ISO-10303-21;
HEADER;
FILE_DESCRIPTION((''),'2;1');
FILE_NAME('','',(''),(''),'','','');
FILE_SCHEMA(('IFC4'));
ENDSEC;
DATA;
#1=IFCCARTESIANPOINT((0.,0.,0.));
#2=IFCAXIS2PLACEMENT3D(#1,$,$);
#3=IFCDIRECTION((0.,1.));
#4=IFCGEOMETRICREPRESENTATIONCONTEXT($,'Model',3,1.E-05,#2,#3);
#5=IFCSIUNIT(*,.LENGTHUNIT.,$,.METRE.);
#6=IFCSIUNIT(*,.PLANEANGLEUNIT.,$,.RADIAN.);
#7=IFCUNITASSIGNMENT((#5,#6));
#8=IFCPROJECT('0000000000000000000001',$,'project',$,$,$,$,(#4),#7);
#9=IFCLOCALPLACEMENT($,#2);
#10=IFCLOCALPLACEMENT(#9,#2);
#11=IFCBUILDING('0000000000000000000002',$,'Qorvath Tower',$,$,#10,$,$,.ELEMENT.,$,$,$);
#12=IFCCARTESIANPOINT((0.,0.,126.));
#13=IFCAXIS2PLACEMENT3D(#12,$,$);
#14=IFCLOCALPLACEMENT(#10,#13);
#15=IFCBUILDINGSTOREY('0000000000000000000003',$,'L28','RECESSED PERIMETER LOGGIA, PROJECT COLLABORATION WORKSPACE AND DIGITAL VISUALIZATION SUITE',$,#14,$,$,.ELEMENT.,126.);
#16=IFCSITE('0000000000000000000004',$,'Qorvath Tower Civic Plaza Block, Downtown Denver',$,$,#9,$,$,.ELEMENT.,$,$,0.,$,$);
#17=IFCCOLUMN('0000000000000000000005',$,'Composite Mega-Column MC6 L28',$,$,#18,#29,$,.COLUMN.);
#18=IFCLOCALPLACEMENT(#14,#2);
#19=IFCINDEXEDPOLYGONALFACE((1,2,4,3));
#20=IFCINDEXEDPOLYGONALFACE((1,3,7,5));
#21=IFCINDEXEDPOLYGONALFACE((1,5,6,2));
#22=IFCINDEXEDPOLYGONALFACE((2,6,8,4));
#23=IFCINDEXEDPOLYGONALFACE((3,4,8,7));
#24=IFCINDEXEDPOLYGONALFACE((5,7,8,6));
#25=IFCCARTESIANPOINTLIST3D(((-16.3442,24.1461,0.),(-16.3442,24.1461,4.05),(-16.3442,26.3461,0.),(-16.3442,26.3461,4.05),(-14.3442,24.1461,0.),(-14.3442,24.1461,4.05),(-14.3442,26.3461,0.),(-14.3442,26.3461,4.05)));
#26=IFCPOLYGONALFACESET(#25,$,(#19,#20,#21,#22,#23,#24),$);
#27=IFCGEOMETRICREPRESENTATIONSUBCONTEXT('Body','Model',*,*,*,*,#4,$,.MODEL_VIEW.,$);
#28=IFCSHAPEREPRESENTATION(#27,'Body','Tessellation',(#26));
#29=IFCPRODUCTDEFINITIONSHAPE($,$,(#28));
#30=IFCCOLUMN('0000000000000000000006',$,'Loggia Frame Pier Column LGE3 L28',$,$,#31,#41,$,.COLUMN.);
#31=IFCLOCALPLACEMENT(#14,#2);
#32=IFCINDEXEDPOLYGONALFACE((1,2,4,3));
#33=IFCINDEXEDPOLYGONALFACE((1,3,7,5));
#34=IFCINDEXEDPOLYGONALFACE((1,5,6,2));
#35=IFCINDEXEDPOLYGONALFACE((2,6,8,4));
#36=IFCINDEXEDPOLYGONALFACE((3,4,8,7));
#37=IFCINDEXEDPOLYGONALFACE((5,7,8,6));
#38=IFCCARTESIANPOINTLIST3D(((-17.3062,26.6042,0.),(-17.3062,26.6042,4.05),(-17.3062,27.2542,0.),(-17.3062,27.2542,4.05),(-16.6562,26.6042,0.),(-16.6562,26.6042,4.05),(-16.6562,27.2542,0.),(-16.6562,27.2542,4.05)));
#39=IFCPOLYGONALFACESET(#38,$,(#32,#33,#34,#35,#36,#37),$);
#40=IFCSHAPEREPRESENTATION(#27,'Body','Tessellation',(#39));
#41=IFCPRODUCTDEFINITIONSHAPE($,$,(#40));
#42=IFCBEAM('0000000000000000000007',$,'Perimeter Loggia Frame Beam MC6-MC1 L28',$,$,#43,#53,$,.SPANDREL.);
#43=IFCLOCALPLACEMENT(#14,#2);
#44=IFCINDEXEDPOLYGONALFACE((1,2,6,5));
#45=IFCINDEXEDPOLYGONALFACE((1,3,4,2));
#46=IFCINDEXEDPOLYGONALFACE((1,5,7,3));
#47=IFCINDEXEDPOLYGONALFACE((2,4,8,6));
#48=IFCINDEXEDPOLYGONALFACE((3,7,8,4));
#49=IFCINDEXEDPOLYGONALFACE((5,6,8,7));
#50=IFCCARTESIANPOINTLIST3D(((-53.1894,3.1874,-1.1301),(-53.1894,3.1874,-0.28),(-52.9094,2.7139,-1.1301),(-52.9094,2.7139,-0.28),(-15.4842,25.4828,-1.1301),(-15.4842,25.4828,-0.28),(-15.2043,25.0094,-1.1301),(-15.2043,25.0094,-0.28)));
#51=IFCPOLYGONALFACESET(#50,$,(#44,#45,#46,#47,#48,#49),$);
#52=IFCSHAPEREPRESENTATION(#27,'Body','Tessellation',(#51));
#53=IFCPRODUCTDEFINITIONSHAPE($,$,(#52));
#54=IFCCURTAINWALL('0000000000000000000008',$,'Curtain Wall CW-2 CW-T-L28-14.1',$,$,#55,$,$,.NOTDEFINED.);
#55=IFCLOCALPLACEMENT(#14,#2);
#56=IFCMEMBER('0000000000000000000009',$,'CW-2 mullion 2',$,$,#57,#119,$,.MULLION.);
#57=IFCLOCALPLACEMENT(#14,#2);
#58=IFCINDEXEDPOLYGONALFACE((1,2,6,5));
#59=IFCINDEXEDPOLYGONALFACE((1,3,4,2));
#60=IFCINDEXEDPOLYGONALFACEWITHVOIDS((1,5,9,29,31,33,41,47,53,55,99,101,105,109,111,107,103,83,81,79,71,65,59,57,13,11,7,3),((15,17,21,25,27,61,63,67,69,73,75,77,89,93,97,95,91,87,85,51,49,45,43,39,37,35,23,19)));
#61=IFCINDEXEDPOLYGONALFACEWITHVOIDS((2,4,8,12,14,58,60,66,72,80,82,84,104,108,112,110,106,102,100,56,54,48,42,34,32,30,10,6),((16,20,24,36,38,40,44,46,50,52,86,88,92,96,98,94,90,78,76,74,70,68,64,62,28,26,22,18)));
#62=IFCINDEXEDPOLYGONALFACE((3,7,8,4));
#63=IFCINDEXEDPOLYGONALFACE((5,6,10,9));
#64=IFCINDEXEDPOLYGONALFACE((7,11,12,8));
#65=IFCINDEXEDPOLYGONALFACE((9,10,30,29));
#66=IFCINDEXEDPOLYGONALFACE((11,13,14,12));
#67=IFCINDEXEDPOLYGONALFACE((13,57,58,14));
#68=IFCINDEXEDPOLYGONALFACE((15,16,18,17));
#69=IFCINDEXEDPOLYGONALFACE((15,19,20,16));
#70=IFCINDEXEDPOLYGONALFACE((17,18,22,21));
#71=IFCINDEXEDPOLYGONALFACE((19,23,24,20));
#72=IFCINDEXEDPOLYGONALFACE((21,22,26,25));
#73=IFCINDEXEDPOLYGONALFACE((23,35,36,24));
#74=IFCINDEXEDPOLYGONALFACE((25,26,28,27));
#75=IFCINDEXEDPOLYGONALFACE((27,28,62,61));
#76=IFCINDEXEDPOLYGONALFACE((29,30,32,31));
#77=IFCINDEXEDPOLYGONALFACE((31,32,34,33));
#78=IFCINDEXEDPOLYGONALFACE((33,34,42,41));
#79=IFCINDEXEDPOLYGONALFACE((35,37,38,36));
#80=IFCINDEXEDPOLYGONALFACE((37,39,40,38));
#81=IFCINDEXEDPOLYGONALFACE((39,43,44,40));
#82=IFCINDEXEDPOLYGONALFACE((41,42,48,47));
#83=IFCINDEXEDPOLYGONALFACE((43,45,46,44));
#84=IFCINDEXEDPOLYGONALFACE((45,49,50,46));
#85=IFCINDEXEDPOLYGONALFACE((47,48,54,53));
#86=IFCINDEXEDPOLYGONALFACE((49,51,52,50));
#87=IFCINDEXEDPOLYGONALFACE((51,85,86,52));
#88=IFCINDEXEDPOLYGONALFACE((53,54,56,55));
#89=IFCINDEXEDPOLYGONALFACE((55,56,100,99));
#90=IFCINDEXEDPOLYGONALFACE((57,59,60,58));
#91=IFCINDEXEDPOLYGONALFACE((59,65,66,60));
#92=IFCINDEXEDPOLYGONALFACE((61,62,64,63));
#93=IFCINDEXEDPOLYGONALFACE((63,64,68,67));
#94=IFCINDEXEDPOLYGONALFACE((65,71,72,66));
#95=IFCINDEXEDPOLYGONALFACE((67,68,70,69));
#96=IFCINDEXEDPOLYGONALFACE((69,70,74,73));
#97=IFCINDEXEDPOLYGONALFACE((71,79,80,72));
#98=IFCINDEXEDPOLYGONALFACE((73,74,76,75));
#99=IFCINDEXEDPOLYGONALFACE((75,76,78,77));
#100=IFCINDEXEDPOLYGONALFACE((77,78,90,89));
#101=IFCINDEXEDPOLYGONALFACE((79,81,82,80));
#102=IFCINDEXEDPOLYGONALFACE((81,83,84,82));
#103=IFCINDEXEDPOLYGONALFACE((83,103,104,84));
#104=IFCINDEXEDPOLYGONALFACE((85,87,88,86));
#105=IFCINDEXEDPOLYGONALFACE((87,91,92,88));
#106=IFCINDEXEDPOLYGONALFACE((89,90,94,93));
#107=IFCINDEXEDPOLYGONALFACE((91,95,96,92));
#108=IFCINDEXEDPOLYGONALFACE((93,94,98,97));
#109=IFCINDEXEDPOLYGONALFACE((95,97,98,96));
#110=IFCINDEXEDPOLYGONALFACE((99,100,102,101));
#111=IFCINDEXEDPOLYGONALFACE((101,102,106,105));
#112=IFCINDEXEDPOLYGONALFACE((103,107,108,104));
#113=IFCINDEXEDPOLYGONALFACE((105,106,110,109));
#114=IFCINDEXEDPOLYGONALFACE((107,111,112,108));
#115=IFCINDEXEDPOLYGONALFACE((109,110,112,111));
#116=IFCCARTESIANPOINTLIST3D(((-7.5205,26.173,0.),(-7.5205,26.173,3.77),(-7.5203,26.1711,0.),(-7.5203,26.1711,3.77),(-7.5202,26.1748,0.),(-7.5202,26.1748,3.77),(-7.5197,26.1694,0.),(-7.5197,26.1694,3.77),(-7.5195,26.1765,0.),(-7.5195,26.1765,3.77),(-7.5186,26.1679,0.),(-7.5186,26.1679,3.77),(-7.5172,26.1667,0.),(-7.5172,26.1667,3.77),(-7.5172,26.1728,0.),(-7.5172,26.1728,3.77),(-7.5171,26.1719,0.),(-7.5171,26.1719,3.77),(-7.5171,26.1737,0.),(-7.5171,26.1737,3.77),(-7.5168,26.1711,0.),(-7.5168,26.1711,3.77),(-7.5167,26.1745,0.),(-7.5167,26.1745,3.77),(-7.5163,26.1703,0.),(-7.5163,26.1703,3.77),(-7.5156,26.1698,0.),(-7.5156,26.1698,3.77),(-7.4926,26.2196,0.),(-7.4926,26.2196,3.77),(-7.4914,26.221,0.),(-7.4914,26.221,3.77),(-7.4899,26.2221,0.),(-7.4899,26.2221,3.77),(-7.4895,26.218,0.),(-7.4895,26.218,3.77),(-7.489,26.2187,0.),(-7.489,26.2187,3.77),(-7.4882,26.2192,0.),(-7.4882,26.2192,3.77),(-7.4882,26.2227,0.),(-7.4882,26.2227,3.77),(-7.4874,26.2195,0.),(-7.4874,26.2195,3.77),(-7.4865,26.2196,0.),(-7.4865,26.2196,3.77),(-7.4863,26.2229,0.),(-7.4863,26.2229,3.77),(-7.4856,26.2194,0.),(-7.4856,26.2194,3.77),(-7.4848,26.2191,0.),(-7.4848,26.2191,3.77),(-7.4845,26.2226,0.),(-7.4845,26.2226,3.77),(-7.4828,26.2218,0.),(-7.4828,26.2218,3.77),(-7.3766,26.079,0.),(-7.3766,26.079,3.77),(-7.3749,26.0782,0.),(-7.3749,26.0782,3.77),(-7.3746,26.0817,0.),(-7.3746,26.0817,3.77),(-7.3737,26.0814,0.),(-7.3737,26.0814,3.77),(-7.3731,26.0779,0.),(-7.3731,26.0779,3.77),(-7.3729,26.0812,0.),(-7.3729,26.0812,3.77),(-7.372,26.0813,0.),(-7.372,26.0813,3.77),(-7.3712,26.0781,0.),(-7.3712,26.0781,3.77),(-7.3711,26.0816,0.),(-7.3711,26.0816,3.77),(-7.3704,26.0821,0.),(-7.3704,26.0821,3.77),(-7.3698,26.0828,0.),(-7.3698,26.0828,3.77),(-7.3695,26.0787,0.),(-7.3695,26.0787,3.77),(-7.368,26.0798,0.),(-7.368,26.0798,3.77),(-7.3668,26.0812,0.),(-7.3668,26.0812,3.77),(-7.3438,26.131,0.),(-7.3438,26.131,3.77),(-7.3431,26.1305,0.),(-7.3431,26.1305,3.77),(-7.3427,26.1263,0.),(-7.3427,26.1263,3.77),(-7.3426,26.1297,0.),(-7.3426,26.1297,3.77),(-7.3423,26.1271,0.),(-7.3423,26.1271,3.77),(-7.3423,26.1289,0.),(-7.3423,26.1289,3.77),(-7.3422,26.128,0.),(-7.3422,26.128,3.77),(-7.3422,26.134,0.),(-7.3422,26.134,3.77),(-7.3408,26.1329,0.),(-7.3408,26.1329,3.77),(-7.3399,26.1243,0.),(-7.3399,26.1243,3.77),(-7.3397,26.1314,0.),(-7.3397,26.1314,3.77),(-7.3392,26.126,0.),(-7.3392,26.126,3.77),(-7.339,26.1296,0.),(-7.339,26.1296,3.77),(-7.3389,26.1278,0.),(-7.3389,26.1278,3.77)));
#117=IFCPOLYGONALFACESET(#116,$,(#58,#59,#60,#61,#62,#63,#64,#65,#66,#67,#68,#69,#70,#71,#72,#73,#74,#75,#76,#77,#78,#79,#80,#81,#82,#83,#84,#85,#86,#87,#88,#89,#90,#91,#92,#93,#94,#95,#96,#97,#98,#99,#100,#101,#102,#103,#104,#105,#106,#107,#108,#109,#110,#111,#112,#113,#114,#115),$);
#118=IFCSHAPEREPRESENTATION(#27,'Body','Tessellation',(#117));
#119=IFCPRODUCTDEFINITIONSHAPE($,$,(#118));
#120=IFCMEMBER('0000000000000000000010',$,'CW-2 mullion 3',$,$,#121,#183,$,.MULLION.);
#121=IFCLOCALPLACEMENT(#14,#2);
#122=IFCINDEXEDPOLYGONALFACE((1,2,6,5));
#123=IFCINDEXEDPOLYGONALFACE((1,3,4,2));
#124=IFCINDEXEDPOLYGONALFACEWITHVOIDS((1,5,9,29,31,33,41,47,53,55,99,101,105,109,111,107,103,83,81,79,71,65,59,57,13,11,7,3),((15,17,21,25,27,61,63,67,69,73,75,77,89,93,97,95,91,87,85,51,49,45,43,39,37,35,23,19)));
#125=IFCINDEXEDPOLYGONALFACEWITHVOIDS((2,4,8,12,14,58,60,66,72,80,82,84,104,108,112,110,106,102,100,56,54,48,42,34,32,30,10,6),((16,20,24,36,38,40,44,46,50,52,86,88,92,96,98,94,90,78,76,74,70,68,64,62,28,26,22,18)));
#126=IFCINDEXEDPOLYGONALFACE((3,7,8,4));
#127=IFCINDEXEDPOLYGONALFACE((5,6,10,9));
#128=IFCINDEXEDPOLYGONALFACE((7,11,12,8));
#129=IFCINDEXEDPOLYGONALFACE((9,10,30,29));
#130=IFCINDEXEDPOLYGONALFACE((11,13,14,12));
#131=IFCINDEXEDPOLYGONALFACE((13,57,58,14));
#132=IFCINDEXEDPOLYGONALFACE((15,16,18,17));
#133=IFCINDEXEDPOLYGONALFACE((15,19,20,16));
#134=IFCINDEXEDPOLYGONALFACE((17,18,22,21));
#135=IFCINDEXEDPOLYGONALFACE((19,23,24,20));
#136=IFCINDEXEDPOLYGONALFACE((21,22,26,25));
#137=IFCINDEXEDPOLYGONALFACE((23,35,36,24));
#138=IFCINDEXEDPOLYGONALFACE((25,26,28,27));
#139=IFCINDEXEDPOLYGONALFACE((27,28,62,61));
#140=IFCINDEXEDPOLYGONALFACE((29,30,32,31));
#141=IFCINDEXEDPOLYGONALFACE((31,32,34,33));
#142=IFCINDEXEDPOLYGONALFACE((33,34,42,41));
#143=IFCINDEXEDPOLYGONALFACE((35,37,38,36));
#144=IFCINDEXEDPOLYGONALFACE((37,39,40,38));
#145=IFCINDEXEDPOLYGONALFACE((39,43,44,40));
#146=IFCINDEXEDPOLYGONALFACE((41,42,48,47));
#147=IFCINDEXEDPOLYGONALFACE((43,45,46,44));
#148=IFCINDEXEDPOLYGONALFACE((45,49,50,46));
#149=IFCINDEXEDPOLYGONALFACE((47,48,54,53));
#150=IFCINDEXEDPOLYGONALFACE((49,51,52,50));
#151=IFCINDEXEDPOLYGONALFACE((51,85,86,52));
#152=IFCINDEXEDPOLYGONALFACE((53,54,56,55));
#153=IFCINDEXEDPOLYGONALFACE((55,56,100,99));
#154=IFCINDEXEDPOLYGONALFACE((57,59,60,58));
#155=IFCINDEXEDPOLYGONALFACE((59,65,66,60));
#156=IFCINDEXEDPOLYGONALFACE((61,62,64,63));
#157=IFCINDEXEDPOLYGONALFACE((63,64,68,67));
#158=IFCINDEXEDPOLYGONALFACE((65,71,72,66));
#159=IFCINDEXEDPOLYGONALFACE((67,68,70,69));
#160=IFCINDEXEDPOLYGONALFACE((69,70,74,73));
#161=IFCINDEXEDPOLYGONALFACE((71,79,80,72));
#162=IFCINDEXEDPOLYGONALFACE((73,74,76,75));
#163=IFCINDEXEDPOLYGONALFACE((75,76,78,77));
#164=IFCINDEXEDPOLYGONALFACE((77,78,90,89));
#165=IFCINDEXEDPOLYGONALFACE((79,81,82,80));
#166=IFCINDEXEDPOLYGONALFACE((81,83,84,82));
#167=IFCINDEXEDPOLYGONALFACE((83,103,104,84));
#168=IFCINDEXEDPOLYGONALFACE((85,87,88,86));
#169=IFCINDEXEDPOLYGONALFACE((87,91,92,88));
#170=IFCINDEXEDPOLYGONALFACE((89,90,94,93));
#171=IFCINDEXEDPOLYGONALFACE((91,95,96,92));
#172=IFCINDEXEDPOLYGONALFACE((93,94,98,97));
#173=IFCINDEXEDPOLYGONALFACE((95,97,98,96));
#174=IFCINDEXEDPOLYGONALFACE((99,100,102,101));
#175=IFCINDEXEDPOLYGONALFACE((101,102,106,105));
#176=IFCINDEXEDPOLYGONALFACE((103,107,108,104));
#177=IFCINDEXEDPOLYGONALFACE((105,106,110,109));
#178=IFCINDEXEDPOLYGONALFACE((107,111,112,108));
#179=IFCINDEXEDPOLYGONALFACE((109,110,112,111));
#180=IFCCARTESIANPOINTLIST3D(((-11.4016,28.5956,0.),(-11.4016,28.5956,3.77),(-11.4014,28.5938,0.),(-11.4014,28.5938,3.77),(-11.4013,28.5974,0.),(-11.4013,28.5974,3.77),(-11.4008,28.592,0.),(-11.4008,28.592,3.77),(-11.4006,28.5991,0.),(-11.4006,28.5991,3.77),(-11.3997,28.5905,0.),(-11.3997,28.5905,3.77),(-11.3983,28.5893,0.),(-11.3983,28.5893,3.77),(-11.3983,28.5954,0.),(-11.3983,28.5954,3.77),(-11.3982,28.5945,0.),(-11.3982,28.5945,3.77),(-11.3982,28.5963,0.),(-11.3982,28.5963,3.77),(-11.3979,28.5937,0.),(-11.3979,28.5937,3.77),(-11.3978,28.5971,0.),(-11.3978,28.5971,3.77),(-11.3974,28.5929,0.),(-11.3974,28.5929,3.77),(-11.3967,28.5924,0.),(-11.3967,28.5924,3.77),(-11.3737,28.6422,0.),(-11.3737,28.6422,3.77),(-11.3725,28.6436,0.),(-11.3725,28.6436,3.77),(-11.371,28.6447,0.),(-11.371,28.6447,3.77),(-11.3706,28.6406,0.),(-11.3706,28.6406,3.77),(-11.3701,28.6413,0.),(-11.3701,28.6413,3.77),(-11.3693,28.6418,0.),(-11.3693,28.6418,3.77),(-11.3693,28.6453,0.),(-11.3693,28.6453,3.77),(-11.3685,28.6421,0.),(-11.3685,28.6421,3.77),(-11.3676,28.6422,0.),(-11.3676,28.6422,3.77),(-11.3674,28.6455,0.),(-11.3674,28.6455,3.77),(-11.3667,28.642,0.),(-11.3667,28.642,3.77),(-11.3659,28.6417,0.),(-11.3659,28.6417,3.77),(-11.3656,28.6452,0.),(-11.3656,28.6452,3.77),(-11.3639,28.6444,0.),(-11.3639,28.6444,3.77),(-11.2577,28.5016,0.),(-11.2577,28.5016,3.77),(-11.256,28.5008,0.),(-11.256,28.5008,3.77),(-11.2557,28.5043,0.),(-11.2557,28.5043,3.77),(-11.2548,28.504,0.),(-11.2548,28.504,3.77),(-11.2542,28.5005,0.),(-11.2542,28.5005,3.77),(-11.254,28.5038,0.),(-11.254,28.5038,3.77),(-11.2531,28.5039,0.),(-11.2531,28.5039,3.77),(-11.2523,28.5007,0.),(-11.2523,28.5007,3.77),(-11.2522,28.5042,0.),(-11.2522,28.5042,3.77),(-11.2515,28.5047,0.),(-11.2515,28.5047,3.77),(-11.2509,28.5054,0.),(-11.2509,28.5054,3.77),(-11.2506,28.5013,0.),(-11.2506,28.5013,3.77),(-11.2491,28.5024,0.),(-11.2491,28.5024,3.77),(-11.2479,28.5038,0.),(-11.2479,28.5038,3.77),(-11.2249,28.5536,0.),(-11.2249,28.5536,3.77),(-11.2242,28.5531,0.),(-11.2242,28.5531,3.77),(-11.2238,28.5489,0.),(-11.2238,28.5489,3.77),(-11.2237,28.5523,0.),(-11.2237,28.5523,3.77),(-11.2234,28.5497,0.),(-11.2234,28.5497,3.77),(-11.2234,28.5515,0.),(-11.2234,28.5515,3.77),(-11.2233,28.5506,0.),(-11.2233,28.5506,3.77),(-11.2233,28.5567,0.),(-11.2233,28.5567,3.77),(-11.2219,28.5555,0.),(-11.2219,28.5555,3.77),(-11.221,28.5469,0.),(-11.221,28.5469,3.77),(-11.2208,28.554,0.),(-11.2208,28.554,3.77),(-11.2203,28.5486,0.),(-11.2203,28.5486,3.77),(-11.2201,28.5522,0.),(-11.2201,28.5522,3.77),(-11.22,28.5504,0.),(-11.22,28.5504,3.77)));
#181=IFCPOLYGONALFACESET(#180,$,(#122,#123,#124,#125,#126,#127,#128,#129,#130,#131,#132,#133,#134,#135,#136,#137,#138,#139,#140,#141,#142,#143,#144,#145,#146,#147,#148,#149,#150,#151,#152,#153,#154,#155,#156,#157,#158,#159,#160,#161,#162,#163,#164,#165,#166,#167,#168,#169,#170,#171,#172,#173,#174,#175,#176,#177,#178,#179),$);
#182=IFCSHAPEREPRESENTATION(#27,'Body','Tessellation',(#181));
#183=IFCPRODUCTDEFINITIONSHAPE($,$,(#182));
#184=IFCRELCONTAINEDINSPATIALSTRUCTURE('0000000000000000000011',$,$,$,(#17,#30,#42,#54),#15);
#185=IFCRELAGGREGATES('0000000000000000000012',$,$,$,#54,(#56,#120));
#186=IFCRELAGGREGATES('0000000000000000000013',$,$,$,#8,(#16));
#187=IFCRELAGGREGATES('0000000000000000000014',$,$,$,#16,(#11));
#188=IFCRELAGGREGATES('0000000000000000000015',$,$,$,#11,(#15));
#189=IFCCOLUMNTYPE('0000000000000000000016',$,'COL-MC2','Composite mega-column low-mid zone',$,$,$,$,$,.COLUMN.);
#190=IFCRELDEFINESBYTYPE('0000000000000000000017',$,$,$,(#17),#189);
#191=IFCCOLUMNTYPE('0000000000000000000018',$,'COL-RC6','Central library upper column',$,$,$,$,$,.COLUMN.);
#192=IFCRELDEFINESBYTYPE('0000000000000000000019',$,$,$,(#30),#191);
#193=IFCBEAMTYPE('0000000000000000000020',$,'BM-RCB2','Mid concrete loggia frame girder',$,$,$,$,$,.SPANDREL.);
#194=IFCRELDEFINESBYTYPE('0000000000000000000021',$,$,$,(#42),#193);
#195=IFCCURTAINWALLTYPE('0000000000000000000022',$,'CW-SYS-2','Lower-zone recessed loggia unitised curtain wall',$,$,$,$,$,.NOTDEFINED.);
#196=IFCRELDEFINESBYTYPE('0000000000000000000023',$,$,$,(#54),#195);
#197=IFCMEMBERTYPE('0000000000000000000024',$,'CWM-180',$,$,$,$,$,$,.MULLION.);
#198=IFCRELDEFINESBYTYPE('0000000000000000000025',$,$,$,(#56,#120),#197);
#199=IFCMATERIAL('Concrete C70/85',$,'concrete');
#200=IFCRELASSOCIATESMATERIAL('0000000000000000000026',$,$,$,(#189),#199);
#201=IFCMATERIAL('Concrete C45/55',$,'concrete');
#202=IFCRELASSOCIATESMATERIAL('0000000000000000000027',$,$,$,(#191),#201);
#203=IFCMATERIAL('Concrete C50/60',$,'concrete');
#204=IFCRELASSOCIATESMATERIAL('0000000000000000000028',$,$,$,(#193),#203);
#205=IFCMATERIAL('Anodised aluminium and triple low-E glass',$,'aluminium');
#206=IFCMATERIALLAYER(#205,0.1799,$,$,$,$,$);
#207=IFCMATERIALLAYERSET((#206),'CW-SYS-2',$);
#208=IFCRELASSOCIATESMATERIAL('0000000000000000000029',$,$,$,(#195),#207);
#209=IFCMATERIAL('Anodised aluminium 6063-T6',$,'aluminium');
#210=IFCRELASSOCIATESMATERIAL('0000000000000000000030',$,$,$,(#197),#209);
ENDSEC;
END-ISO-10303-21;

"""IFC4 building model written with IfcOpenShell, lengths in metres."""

from ifc_helpers import new_model, si_unit, direction, frame, origin, origin_2d, place, context, subcontext, project, spatial, rectangle, hollow_rectangle, extrude, material, layer, layer_set, material_profile, profile_set, type_object, element, aggregate, save


model = new_model("IFC4")

# Units and contexts
model_context = context("Model", 3, precision=1e-05, world=origin(), true_north=direction((0.0, 1.0)))
body_context = subcontext(model_context, "Body", "Model", "MODEL_VIEW")
ifc_project = project(units=[si_unit("LENGTHUNIT", "METRE"), si_unit("PLANEANGLEUNIT", "RADIAN")], contexts=[model_context])

# Site, building, storey
site_placement = place(None, origin())
site = spatial("IfcSite", under=ifc_project, at=site_placement, Name="Qorvath Tower Civic Plaza Block, Downtown Denver", CompositionType="ELEMENT", RefElevation=0.0)
building_placement = place(site_placement, origin())
building = spatial("IfcBuilding", under=site, at=building_placement, Name="Qorvath Tower", CompositionType="ELEMENT")
storey_placement = place(building_placement, frame((0.0, 0.0, 126.0)))
storey = spatial("IfcBuildingStorey", under=building, at=storey_placement, Name="L28", Description="RECESSED PERIMETER LOGGIA, PROJECT COLLABORATION WORKSPACE AND DIGITAL VISUALIZATION SUITE", CompositionType="ELEMENT", Elevation=126.0)

# Columns
ifc_material_1 = material(Name="Concrete C70/85", Category="concrete")
ifc_material_profile_1 = material_profile(ifc_material_1, rectangle(XDim=2.0, YDim=2.2, at=origin_2d()), Name="MC 2200x2000")
ifc_profile_set_1 = profile_set([ifc_material_profile_1], Name="Concrete C70/85")
column_type_1 = type_object("IfcColumnType", Name="COL-MC2", Description="Composite mega-column low-mid zone", PredefinedType="COLUMN", material=ifc_profile_set_1)
column_1_placement = place(storey_placement, frame((-15.3442, 25.2461, 0.0), z_axis=(0.0, 0.0, 1.0), x_axis=(1.0, 0.0, 0.0)))
element("IfcColumn", 1, at=column_1_placement, inside=storey, type_object=column_type_1, Name="Composite Mega-Column MC6 L28", PredefinedType="COLUMN", context=body_context, shape_type="SweptSolid", body=[
    extrude(rectangle(XDim=2.0, YDim=2.2, at=origin_2d()), origin(), (0.0, 0.0, 1.0), 4.05),
])
ifc_material_2 = material(Name="Concrete C45/55", Category="concrete")
ifc_material_profile_2 = material_profile(ifc_material_2, rectangle(XDim=0.6499, YDim=0.6499, at=origin_2d()), Name="RC 650x650")
ifc_profile_set_2 = profile_set([ifc_material_profile_2], Name="Concrete C45/55")
column_type_2 = type_object("IfcColumnType", Name="COL-RC6", Description="Central library upper column", PredefinedType="COLUMN", material=ifc_profile_set_2)
column_2_placement = place(storey_placement, frame((-16.9812, 26.9292, 0.0), z_axis=(0.0, 0.0, 1.0), x_axis=(1.0, 0.0, 0.0)))
element("IfcColumn", 2, at=column_2_placement, inside=storey, type_object=column_type_2, Name="Loggia Frame Pier Column LGE3 L28", PredefinedType="COLUMN", context=body_context, shape_type="SweptSolid", body=[
    extrude(rectangle(XDim=0.6499, YDim=0.6499, at=origin_2d()), origin(), (0.0, 0.0, 1.0), 4.05),
])

# Beam
ifc_material_3 = material(Name="Concrete C50/60", Category="concrete")
ifc_material_profile_3 = material_profile(ifc_material_3, rectangle(XDim=0.55, YDim=0.8501, at=origin_2d()), Name="RCB 850x550")
ifc_profile_set_3 = profile_set([ifc_material_profile_3], Name="Concrete C50/60")
beam_type = type_object("IfcBeamType", Name="BM-RCB2", Description="Mid concrete loggia frame girder", PredefinedType="SPANDREL", material=ifc_profile_set_3)
beam_placement = place(storey_placement, frame((-15.3442, 25.2461, -0.7051), z_axis=(-0.860775, -0.508985, 0.0), x_axis=(0.508985, -0.860775, 0.0)))
element("IfcBeam", 3, at=beam_placement, inside=storey, type_object=beam_type, Name="Perimeter Loggia Frame Beam MC6-MC1 L28", PredefinedType="SPANDREL", context=body_context, shape_type="SweptSolid", body=[
    extrude(rectangle(XDim=0.55, YDim=0.8501, at=origin_2d()), origin(), (0.0, 0.0, 1.0), 43.8037),
])

# Curtain wall, members
ifc_material_4 = material(Name="Anodised aluminium and triple low-E glass", Category="aluminium")
ifc_layer_1 = layer(ifc_material_4, 0.1799)
ifc_layer_set_1 = layer_set([ifc_layer_1], Name="CW-SYS-2")
curtain_wall_type = type_object("IfcCurtainWallType", Name="CW-SYS-2", Description="Lower-zone recessed loggia unitised curtain wall", PredefinedType="NOTDEFINED", material=ifc_layer_set_1)
curtain_wall_1_placement = place(storey_placement, origin())
curtain_wall_1 = element("IfcCurtainWall", 4, at=curtain_wall_1_placement, inside=storey, type_object=curtain_wall_type, Name="Curtain Wall CW-2 CW-T-L28-14.1", PredefinedType="NOTDEFINED")
ifc_material_5 = material(Name="Anodised aluminium 6063-T6", Category="aluminium")
ifc_material_profile_4 = material_profile(ifc_material_5, hollow_rectangle(XDim=0.0649, YDim=0.1799, WallThickness=0.0034, InnerFilletRadius=0.0034, OuterFilletRadius=0.0071, at=origin_2d()), Name="CWM 180x65")
ifc_profile_set_4 = profile_set([ifc_material_profile_4], Name="Anodised aluminium 6063-T6")
member_type_1 = type_object("IfcMemberType", Name="CWM-180", PredefinedType="MULLION", material=ifc_profile_set_4)
member_1_placement = place(storey_placement, frame((-7.4297, 26.1504, 0.0), z_axis=(0.0, 0.0, 1.0), x_axis=(-0.529503, -0.848308, 0.0)))
member_1 = element("IfcMember", 5, at=member_1_placement, type_object=member_type_1, Name="CW-2 mullion 2", PredefinedType="MULLION", context=body_context, shape_type="SweptSolid", body=[
    extrude(hollow_rectangle(XDim=0.0649, YDim=0.1799, WallThickness=0.0034, InnerFilletRadius=0.0034, OuterFilletRadius=0.0071, at=origin_2d()), origin(), (0.0, 0.0, 1.0), 3.77),
])
member_2_placement = place(storey_placement, frame((-11.3108, 28.573, 0.0), z_axis=(0.0, 0.0, 1.0), x_axis=(-0.529503, -0.848308, 0.0)))
member_2 = element("IfcMember", 6, at=member_2_placement, type_object=member_type_1, Name="CW-2 mullion 3", PredefinedType="MULLION", context=body_context, shape_type="SweptSolid", body=[
    extrude(hollow_rectangle(XDim=0.0649, YDim=0.1799, WallThickness=0.0034, InnerFilletRadius=0.0034, OuterFilletRadius=0.0071, at=origin_2d()), origin(), (0.0, 0.0, 1.0), 3.77),
])

aggregate(curtain_wall_1, [member_1, member_2])

save(model, "model.ifc")
